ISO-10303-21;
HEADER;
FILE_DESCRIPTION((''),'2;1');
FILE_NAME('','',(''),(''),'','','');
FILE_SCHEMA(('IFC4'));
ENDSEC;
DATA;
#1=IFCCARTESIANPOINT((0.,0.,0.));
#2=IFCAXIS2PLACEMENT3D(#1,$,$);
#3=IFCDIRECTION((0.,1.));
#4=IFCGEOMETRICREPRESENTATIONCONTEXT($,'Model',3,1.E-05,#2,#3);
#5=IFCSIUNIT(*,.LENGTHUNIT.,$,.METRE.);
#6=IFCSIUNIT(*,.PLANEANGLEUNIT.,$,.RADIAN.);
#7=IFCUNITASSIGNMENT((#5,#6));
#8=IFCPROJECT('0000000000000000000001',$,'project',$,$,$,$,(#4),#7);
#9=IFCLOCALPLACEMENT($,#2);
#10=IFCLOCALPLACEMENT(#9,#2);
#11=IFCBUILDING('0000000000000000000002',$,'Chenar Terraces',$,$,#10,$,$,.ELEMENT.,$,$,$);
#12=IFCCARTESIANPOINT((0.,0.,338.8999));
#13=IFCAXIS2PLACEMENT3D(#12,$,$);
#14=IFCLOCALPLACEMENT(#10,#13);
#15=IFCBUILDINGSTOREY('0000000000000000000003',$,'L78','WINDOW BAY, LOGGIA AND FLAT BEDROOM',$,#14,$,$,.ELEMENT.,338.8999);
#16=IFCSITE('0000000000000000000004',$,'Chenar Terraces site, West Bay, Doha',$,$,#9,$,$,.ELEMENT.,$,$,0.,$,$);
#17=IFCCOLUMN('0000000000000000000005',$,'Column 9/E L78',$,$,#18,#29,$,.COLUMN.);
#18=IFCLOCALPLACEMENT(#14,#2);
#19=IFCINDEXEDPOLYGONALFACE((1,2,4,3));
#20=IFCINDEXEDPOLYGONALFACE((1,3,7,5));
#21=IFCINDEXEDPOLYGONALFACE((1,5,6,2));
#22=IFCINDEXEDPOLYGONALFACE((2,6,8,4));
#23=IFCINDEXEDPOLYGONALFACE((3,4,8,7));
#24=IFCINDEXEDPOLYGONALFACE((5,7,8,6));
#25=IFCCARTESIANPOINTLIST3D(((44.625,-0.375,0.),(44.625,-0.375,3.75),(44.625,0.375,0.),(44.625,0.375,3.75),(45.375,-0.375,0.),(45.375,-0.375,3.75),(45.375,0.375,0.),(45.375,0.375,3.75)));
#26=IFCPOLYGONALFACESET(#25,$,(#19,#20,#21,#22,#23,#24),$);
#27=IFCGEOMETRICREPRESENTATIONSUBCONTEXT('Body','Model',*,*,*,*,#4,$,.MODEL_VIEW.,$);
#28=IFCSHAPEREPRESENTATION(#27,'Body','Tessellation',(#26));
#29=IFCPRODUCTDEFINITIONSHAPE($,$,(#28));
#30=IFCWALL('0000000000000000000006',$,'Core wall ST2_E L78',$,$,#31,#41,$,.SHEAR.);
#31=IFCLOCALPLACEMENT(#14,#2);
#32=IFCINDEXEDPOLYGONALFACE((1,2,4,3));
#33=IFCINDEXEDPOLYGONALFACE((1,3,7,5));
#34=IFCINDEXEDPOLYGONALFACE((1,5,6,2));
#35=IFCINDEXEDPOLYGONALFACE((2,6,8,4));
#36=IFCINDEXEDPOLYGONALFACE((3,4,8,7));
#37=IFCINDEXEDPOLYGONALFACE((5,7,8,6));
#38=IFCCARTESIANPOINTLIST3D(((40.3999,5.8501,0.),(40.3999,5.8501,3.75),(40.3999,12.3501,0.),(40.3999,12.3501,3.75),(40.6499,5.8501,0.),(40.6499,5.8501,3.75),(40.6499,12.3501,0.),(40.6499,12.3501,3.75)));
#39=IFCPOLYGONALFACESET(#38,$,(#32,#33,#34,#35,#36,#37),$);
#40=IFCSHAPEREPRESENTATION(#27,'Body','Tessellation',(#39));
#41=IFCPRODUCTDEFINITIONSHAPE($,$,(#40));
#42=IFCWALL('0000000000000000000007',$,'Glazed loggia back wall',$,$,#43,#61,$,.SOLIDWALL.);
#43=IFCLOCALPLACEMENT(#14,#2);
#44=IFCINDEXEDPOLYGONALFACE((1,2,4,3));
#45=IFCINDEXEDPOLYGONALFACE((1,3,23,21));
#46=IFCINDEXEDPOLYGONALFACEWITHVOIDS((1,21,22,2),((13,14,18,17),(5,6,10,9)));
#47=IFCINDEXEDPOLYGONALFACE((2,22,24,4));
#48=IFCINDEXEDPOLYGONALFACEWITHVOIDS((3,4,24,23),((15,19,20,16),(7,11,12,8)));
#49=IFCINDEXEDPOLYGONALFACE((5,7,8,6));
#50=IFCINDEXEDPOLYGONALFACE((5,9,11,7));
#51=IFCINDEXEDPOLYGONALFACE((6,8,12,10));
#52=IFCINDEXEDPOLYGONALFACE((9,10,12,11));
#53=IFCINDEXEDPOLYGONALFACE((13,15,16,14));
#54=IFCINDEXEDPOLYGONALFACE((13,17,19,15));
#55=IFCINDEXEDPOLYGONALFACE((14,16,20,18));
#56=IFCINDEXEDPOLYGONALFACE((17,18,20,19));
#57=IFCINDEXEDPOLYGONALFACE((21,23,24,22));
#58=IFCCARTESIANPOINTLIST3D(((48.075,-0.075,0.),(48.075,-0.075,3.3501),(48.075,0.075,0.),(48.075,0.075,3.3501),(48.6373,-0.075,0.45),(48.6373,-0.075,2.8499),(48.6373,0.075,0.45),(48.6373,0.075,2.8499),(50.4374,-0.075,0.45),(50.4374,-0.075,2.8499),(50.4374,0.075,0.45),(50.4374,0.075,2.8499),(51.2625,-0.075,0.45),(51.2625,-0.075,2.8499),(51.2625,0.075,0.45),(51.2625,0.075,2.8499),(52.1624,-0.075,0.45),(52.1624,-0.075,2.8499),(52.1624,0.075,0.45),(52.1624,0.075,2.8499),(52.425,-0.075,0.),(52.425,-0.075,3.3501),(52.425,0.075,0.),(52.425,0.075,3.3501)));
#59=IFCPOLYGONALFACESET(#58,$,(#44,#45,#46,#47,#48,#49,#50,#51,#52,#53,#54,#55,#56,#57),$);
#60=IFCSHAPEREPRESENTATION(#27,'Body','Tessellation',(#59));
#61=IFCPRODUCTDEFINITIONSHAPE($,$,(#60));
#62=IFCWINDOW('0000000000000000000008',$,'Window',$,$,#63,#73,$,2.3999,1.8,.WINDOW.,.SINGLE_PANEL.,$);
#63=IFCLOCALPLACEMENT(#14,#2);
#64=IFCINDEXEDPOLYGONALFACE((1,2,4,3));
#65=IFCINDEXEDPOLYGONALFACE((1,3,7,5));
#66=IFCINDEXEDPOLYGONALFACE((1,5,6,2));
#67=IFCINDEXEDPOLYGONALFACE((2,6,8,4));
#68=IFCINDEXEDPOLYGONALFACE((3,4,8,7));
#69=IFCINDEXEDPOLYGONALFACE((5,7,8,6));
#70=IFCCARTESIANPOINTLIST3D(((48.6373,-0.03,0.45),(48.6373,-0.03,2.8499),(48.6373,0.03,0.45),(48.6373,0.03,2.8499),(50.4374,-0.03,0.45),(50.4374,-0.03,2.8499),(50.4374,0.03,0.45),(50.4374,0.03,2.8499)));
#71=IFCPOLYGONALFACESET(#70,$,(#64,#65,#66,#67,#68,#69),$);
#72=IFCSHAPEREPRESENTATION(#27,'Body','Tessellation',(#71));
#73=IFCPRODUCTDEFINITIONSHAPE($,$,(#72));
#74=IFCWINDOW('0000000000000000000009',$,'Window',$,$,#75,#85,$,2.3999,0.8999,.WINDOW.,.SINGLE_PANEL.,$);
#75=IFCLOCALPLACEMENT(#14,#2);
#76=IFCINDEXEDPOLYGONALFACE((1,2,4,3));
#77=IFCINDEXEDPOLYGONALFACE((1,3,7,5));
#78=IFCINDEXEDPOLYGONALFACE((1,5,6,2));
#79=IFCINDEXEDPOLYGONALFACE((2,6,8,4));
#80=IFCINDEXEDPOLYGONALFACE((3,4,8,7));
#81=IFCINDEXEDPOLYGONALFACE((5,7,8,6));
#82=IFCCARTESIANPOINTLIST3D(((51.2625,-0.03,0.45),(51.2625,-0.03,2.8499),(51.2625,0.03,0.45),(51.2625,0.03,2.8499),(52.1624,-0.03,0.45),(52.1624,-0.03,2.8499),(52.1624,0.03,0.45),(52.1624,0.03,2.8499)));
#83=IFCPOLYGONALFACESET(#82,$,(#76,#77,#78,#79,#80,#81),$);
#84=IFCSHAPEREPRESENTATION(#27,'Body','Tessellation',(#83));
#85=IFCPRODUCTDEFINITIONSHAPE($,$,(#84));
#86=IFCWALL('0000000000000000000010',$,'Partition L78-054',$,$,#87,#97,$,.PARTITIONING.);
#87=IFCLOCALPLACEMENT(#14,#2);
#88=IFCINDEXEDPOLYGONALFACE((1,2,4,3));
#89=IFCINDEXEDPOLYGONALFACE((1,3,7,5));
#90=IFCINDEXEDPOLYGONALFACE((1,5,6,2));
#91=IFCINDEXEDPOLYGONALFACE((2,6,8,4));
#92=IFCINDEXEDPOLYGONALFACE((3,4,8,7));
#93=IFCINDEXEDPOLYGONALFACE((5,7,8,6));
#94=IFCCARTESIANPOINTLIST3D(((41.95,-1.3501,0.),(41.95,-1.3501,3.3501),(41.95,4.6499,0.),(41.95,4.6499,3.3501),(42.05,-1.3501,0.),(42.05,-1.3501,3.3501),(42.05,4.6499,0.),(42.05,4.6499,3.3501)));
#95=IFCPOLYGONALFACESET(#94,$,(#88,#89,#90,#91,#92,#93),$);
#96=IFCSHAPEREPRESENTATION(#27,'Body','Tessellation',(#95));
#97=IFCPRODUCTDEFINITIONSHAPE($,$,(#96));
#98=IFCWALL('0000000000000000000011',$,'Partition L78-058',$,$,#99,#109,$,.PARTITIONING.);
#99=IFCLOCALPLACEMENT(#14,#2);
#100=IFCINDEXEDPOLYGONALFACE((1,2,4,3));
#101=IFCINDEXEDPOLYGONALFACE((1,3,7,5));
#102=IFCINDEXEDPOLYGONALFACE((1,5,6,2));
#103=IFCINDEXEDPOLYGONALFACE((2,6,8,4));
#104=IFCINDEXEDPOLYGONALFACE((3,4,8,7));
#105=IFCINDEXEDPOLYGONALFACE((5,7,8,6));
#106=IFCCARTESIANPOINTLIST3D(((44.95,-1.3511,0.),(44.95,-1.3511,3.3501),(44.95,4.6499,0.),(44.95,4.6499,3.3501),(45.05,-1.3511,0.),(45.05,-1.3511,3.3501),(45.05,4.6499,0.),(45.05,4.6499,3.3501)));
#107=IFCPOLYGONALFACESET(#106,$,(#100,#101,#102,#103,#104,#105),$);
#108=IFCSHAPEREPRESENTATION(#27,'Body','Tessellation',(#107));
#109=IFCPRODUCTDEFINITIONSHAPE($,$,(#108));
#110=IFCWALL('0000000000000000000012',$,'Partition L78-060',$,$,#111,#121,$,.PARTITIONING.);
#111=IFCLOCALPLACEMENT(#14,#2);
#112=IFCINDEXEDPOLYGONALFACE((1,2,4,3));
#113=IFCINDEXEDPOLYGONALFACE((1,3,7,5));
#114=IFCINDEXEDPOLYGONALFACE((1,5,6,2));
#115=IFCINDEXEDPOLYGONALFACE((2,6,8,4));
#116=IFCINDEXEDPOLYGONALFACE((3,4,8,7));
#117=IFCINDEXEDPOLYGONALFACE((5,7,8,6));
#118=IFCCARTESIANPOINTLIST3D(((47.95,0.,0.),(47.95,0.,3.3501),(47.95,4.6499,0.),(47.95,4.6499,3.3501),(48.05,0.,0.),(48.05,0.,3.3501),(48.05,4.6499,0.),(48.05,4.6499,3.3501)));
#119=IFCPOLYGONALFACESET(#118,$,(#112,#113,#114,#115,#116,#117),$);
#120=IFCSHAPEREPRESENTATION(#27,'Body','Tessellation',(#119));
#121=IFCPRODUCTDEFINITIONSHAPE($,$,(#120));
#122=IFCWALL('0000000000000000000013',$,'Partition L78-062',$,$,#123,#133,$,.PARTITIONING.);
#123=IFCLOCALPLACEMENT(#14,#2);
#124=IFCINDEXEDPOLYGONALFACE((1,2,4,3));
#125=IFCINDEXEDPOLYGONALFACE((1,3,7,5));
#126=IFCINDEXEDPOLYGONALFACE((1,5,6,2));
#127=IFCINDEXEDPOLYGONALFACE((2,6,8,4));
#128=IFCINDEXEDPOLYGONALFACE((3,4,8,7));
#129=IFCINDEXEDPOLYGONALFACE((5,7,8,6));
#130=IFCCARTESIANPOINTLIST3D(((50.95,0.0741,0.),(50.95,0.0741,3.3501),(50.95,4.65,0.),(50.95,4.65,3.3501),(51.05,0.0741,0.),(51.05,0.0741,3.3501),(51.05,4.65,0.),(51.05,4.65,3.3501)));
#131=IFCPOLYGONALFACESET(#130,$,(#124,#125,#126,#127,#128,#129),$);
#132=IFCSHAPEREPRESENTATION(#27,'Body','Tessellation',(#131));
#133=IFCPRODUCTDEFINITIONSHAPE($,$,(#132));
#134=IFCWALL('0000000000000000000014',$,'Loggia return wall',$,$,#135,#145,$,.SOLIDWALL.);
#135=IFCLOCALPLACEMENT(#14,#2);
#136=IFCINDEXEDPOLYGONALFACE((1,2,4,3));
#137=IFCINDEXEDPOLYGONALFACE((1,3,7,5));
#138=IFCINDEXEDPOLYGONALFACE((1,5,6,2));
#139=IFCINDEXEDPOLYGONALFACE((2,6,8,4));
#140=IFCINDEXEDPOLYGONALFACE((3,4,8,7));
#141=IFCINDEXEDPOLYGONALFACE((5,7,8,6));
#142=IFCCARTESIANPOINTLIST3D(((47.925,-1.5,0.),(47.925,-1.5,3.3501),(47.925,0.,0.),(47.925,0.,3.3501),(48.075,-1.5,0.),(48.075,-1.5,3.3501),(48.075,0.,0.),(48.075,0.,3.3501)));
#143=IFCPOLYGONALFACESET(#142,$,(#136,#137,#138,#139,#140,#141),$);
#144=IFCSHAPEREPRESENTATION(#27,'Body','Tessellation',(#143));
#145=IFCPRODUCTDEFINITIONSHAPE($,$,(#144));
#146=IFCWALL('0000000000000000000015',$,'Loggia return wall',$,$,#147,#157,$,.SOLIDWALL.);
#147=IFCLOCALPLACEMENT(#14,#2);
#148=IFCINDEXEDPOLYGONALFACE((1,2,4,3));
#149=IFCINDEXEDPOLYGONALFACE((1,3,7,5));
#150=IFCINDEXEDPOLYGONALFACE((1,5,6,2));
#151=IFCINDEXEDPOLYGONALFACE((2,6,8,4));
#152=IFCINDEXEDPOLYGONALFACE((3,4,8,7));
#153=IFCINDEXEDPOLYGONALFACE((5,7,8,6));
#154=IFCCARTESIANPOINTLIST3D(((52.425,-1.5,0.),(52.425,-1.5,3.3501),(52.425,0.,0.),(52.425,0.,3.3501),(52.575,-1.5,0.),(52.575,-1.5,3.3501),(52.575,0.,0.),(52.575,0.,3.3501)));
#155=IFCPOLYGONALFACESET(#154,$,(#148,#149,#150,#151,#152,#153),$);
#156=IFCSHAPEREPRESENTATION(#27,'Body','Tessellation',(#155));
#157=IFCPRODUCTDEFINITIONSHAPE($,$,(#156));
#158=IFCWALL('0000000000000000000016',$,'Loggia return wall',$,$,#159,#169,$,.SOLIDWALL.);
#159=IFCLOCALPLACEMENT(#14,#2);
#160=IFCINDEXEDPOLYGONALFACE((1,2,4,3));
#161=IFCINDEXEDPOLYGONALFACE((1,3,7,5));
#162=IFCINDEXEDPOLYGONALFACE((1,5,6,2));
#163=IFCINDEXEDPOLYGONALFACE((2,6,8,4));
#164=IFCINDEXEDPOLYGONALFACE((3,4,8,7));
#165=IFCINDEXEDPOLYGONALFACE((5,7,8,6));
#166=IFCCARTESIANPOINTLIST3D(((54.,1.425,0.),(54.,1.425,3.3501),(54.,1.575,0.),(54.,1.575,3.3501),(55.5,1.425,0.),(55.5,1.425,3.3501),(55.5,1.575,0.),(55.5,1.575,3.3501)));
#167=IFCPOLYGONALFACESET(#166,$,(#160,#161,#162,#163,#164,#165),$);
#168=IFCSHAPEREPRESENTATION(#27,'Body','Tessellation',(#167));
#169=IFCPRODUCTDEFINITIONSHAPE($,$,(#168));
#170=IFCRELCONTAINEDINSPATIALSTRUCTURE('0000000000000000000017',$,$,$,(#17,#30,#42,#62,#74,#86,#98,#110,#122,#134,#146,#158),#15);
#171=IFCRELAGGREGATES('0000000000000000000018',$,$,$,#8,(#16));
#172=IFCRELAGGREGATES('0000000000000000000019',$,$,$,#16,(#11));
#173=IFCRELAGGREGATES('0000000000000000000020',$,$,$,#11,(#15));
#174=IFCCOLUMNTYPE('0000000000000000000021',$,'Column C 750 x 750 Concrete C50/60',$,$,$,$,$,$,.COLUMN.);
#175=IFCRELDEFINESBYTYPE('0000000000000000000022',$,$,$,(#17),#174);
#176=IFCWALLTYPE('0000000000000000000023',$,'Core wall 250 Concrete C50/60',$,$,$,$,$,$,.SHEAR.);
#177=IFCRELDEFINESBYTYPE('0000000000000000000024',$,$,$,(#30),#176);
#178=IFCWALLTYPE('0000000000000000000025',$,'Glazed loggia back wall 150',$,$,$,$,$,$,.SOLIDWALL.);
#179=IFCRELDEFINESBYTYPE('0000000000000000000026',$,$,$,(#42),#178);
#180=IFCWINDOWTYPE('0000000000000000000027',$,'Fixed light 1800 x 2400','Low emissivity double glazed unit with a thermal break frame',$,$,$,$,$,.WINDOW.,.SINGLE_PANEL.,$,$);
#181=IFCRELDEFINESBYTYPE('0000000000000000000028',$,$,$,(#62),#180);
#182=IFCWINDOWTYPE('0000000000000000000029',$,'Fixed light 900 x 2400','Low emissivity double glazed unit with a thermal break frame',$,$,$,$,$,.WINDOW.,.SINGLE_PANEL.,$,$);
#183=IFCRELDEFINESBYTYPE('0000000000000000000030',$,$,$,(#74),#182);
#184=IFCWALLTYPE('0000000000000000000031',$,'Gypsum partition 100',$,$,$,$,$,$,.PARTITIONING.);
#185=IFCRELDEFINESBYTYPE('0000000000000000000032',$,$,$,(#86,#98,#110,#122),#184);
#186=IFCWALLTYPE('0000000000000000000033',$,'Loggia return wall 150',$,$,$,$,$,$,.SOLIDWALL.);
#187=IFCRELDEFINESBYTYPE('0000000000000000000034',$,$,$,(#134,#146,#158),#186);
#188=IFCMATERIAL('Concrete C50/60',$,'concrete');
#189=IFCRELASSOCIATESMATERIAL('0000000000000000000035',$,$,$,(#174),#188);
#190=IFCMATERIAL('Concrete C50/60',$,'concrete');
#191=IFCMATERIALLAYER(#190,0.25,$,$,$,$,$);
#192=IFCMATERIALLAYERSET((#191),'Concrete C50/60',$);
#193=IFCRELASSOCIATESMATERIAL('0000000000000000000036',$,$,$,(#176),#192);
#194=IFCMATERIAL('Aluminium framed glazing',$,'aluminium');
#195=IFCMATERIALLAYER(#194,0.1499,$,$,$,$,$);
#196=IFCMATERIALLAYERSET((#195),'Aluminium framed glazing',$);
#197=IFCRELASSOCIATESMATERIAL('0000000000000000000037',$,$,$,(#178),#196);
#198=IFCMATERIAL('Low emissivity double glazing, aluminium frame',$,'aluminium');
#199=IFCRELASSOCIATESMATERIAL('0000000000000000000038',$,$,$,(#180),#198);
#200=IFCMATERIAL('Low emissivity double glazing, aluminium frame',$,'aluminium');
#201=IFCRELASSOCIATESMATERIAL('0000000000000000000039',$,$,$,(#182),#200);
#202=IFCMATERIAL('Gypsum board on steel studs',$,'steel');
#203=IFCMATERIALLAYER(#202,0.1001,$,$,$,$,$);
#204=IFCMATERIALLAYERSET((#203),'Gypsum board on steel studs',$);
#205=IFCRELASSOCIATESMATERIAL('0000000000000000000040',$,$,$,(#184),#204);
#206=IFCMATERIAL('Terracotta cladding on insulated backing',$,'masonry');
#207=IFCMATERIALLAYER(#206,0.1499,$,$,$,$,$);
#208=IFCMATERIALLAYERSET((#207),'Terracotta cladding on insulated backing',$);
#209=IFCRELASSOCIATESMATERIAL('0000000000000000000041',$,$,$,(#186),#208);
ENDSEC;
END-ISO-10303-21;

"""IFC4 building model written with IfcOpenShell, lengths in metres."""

from ifc_helpers import new_model, si_unit, direction, frame, frame_2d, origin, origin_2d, place, context, subcontext, project, spatial, rectangle, extrude, material, layer, layer_set, material_profile, profile_set, type_object, element, fill, save


model = new_model("IFC4")

# Units and contexts
model_context = context("Model", 3, precision=1e-05, world=origin(), true_north=direction((0.0, 1.0)))
body_context = subcontext(model_context, "Body", "Model", "MODEL_VIEW")
ifc_project = project(units=[si_unit("LENGTHUNIT", "METRE"), si_unit("PLANEANGLEUNIT", "RADIAN")], contexts=[model_context])

# Site, building, storey
site_placement = place(None, origin())
site = spatial("IfcSite", under=ifc_project, at=site_placement, Name="Chenar Terraces site, West Bay, Doha", CompositionType="ELEMENT", RefElevation=0.0)
building_placement = place(site_placement, origin())
building = spatial("IfcBuilding", under=site, at=building_placement, Name="Chenar Terraces", CompositionType="ELEMENT")
storey_placement = place(building_placement, frame((0.0, 0.0, 338.8999)))
storey = spatial("IfcBuildingStorey", under=building, at=storey_placement, Name="L78", Description="WINDOW BAY, LOGGIA AND FLAT BEDROOM", CompositionType="ELEMENT", Elevation=338.8999)

# Column
ifc_material_1 = material(Name="Concrete C50/60", Category="concrete")
ifc_material_profile_1 = material_profile(ifc_material_1, rectangle(XDim=0.75, YDim=0.75, at=origin_2d()), Name="C 750 x 750")
ifc_profile_set_1 = profile_set([ifc_material_profile_1], Name="Concrete C50/60")
column_type = type_object("IfcColumnType", Name="Column C 750 x 750 Concrete C50/60", PredefinedType="COLUMN", material=ifc_profile_set_1)
column_placement = place(storey_placement, frame((45.0, 0.0, 0.0), z_axis=(0.0, 0.0, 1.0), x_axis=(1.0, 0.0, 0.0)))
element("IfcColumn", 1, at=column_placement, inside=storey, type_object=column_type, Name="Column 9/E L78", PredefinedType="COLUMN", context=body_context, shape_type="SweptSolid", body=[
    extrude(rectangle(XDim=0.75, YDim=0.75, at=origin_2d()), origin(), (0.0, 0.0, 1.0), 3.75),
])

# Wall
ifc_material_2 = material(Name="Concrete C50/60", Category="concrete")
ifc_layer_1 = layer(ifc_material_2, 0.25)
ifc_layer_set_1 = layer_set([ifc_layer_1], Name="Concrete C50/60")
wall_type_1 = type_object("IfcWallType", Name="Core wall 250 Concrete C50/60", PredefinedType="SHEAR", material=ifc_layer_set_1)
wall_1_placement = place(storey_placement, frame((40.5249, 5.8501, 0.0), z_axis=(0.0, 0.0, 1.0), x_axis=(0.0, 1.0, 0.0)))
element("IfcWall", 2, at=wall_1_placement, inside=storey, type_object=wall_type_1, Name="Core wall ST2_E L78", PredefinedType="SHEAR", context=body_context, shape_type="SweptSolid", body=[
    extrude(rectangle(XDim=6.5, YDim=0.25, at=frame_2d((3.25, 0.0))), origin(), (0.0, 0.0, 1.0), 3.75),
])

# Wall, openings, windows
ifc_material_3 = material(Name="Aluminium framed glazing", Category="aluminium")
ifc_layer_2 = layer(ifc_material_3, 0.1499)
ifc_layer_set_2 = layer_set([ifc_layer_2], Name="Aluminium framed glazing")
wall_type_2 = type_object("IfcWallType", Name="Glazed loggia back wall 150", PredefinedType="SOLIDWALL", material=ifc_layer_set_2)
wall_2_placement = place(storey_placement, frame((48.075, 0.0, 0.0), z_axis=(0.0, 0.0, 1.0), x_axis=(1.0, 0.0, 0.0)))
wall_2 = element("IfcWall", 3, at=wall_2_placement, inside=storey, type_object=wall_type_2, Name="Glazed loggia back wall", PredefinedType="SOLIDWALL", context=body_context, shape_type="SweptSolid", body=[
    extrude(rectangle(XDim=4.3501, YDim=0.1499, at=frame_2d((2.175, 0.0))), origin(), (0.0, 0.0, 1.0), 3.3501),
])
opening_1_placement = place(wall_2_placement, frame((0.5625, 0.0, 0.45)))
opening_1 = element("IfcOpeningElement", 4, at=opening_1_placement, cuts=wall_2, PredefinedType="OPENING", context=body_context, shape_type="SweptSolid", body=[
    extrude(rectangle(XDim=1.8, YDim=2.3999, at=frame_2d((0.8999, 1.2))), frame((0.0, 0.085, 0.0), z_axis=(0.0, -1.0, 0.0), x_axis=(1.0, 0.0, 0.0)), (0.0, 0.0, 1.0), 0.1699),
])
opening_2_placement = place(wall_2_placement, frame((3.1875, 0.0, 0.45)))
opening_2 = element("IfcOpeningElement", 5, at=opening_2_placement, cuts=wall_2, PredefinedType="OPENING", context=body_context, shape_type="SweptSolid", body=[
    extrude(rectangle(XDim=0.8999, YDim=2.3999, at=frame_2d((0.45, 1.2))), frame((0.0, 0.085, 0.0), z_axis=(0.0, -1.0, 0.0), x_axis=(1.0, 0.0, 0.0)), (0.0, 0.0, 1.0), 0.1699),
])
ifc_material_4 = material(Name="Low emissivity double glazing, aluminium frame", Category="aluminium")
window_type_1 = type_object("IfcWindowType", Name="Fixed light 1800 x 2400", Description="Low emissivity double glazed unit with a thermal break frame", PartitioningType="SINGLE_PANEL", PredefinedType="WINDOW", material=ifc_material_4)
window_1_placement = place(opening_1_placement, origin())
window_1 = element("IfcWindow", 6, at=window_1_placement, inside=storey, type_object=window_type_1, Name="Window", OverallHeight=2.3999, OverallWidth=1.8, PartitioningType="SINGLE_PANEL", PredefinedType="WINDOW", context=body_context, shape_type="SweptSolid", body=[
    extrude(rectangle(XDim=1.8, YDim=2.3999, at=frame_2d((0.8999, 1.2))), frame((0.0, 0.03, 0.0), z_axis=(0.0, -1.0, 0.0), x_axis=(1.0, 0.0, 0.0)), (0.0, 0.0, 1.0), 0.0601),
])
fill(opening_1, window_1)
ifc_material_5 = material(Name="Low emissivity double glazing, aluminium frame", Category="aluminium")
window_type_2 = type_object("IfcWindowType", Name="Fixed light 900 x 2400", Description="Low emissivity double glazed unit with a thermal break frame", PartitioningType="SINGLE_PANEL", PredefinedType="WINDOW", material=ifc_material_5)
window_2_placement = place(opening_2_placement, origin())
window_2 = element("IfcWindow", 7, at=window_2_placement, inside=storey, type_object=window_type_2, Name="Window", OverallHeight=2.3999, OverallWidth=0.8999, PartitioningType="SINGLE_PANEL", PredefinedType="WINDOW", context=body_context, shape_type="SweptSolid", body=[
    extrude(rectangle(XDim=0.8999, YDim=2.3999, at=frame_2d((0.45, 1.2))), frame((0.0, 0.03, 0.0), z_axis=(0.0, -1.0, 0.0), x_axis=(1.0, 0.0, 0.0)), (0.0, 0.0, 1.0), 0.0601),
])
fill(opening_2, window_2)

# Walls
ifc_material_6 = material(Name="Gypsum board on steel studs", Category="steel")
ifc_layer_3 = layer(ifc_material_6, 0.1001)
ifc_layer_set_3 = layer_set([ifc_layer_3], Name="Gypsum board on steel studs")
wall_type_3 = type_object("IfcWallType", Name="Gypsum partition 100", PredefinedType="PARTITIONING", material=ifc_layer_set_3)
wall_3_placement = place(storey_placement, frame((42.0, -1.3501, 0.0), z_axis=(0.0, 0.0, 1.0), x_axis=(0.0, 1.0, 0.0)))
element("IfcWall", 8, at=wall_3_placement, inside=storey, type_object=wall_type_3, Name="Partition L78-054", PredefinedType="PARTITIONING", context=body_context, shape_type="SweptSolid", body=[
    extrude(rectangle(XDim=6.0, YDim=0.1001, at=frame_2d((3.0, 0.0))), origin(), (0.0, 0.0, 1.0), 3.3501),
])
wall_4_placement = place(storey_placement, frame((45.0, -1.3511, 0.0), z_axis=(0.0, 0.0, 1.0), x_axis=(0.0, 1.0, 0.0)))
element("IfcWall", 9, at=wall_4_placement, inside=storey, type_object=wall_type_3, Name="Partition L78-058", PredefinedType="PARTITIONING", context=body_context, shape_type="SweptSolid", body=[
    extrude(rectangle(XDim=6.001, YDim=0.1001, at=frame_2d((3.0005, 0.0))), origin(), (0.0, 0.0, 1.0), 3.3501),
])
wall_5_placement = place(storey_placement, frame((48.0, 0.0, 0.0), z_axis=(0.0, 0.0, 1.0), x_axis=(0.0, 1.0, 0.0)))
element("IfcWall", 10, at=wall_5_placement, inside=storey, type_object=wall_type_3, Name="Partition L78-060", PredefinedType="PARTITIONING", context=body_context, shape_type="SweptSolid", body=[
    extrude(rectangle(XDim=4.6499, YDim=0.1001, at=frame_2d((2.325, 0.0))), origin(), (0.0, 0.0, 1.0), 3.3501),
])
wall_6_placement = place(storey_placement, frame((51.0, 0.074, 0.0), z_axis=(0.0, 0.0, 1.0), x_axis=(0.0, 1.0, 0.0)))
element("IfcWall", 11, at=wall_6_placement, inside=storey, type_object=wall_type_3, Name="Partition L78-062", PredefinedType="PARTITIONING", context=body_context, shape_type="SweptSolid", body=[
    extrude(rectangle(XDim=4.5759, YDim=0.1001, at=frame_2d((2.2881, 0.0))), origin(), (0.0, 0.0, 1.0), 3.3501),
])
ifc_material_7 = material(Name="Terracotta cladding on insulated backing", Category="masonry")
ifc_layer_4 = layer(ifc_material_7, 0.1499)
ifc_layer_set_4 = layer_set([ifc_layer_4], Name="Terracotta cladding on insulated backing")
wall_type_4 = type_object("IfcWallType", Name="Loggia return wall 150", PredefinedType="SOLIDWALL", material=ifc_layer_set_4)
for number, where, z_axis, x_axis, name in (
    (12, (48.0, -1.5, 0.0), (0.0, 0.0, 1.0), (0.0, 1.0, 0.0), "Loggia return wall"),
    (13, (52.5, -1.5, 0.0), (0.0, 0.0, 1.0), (0.0, 1.0, 0.0), "Loggia return wall"),
    (14, (55.5, 1.5, 0.0), (0.0, 0.0, 1.0), (-1.0, 0.0, 0.0), "Loggia return wall"),
):
    element("IfcWall", number, at=place(storey_placement, frame(where, z_axis=z_axis, x_axis=x_axis)), inside=storey, type_object=wall_type_4, Name=name, PredefinedType="SOLIDWALL", context=body_context, shape_type="SweptSolid", body=[
        extrude(rectangle(XDim=1.5, YDim=0.1499, at=frame_2d((0.75, 0.0))), origin(), (0.0, 0.0, 1.0), 3.3501),
    ])

save(model, "model.ifc")
